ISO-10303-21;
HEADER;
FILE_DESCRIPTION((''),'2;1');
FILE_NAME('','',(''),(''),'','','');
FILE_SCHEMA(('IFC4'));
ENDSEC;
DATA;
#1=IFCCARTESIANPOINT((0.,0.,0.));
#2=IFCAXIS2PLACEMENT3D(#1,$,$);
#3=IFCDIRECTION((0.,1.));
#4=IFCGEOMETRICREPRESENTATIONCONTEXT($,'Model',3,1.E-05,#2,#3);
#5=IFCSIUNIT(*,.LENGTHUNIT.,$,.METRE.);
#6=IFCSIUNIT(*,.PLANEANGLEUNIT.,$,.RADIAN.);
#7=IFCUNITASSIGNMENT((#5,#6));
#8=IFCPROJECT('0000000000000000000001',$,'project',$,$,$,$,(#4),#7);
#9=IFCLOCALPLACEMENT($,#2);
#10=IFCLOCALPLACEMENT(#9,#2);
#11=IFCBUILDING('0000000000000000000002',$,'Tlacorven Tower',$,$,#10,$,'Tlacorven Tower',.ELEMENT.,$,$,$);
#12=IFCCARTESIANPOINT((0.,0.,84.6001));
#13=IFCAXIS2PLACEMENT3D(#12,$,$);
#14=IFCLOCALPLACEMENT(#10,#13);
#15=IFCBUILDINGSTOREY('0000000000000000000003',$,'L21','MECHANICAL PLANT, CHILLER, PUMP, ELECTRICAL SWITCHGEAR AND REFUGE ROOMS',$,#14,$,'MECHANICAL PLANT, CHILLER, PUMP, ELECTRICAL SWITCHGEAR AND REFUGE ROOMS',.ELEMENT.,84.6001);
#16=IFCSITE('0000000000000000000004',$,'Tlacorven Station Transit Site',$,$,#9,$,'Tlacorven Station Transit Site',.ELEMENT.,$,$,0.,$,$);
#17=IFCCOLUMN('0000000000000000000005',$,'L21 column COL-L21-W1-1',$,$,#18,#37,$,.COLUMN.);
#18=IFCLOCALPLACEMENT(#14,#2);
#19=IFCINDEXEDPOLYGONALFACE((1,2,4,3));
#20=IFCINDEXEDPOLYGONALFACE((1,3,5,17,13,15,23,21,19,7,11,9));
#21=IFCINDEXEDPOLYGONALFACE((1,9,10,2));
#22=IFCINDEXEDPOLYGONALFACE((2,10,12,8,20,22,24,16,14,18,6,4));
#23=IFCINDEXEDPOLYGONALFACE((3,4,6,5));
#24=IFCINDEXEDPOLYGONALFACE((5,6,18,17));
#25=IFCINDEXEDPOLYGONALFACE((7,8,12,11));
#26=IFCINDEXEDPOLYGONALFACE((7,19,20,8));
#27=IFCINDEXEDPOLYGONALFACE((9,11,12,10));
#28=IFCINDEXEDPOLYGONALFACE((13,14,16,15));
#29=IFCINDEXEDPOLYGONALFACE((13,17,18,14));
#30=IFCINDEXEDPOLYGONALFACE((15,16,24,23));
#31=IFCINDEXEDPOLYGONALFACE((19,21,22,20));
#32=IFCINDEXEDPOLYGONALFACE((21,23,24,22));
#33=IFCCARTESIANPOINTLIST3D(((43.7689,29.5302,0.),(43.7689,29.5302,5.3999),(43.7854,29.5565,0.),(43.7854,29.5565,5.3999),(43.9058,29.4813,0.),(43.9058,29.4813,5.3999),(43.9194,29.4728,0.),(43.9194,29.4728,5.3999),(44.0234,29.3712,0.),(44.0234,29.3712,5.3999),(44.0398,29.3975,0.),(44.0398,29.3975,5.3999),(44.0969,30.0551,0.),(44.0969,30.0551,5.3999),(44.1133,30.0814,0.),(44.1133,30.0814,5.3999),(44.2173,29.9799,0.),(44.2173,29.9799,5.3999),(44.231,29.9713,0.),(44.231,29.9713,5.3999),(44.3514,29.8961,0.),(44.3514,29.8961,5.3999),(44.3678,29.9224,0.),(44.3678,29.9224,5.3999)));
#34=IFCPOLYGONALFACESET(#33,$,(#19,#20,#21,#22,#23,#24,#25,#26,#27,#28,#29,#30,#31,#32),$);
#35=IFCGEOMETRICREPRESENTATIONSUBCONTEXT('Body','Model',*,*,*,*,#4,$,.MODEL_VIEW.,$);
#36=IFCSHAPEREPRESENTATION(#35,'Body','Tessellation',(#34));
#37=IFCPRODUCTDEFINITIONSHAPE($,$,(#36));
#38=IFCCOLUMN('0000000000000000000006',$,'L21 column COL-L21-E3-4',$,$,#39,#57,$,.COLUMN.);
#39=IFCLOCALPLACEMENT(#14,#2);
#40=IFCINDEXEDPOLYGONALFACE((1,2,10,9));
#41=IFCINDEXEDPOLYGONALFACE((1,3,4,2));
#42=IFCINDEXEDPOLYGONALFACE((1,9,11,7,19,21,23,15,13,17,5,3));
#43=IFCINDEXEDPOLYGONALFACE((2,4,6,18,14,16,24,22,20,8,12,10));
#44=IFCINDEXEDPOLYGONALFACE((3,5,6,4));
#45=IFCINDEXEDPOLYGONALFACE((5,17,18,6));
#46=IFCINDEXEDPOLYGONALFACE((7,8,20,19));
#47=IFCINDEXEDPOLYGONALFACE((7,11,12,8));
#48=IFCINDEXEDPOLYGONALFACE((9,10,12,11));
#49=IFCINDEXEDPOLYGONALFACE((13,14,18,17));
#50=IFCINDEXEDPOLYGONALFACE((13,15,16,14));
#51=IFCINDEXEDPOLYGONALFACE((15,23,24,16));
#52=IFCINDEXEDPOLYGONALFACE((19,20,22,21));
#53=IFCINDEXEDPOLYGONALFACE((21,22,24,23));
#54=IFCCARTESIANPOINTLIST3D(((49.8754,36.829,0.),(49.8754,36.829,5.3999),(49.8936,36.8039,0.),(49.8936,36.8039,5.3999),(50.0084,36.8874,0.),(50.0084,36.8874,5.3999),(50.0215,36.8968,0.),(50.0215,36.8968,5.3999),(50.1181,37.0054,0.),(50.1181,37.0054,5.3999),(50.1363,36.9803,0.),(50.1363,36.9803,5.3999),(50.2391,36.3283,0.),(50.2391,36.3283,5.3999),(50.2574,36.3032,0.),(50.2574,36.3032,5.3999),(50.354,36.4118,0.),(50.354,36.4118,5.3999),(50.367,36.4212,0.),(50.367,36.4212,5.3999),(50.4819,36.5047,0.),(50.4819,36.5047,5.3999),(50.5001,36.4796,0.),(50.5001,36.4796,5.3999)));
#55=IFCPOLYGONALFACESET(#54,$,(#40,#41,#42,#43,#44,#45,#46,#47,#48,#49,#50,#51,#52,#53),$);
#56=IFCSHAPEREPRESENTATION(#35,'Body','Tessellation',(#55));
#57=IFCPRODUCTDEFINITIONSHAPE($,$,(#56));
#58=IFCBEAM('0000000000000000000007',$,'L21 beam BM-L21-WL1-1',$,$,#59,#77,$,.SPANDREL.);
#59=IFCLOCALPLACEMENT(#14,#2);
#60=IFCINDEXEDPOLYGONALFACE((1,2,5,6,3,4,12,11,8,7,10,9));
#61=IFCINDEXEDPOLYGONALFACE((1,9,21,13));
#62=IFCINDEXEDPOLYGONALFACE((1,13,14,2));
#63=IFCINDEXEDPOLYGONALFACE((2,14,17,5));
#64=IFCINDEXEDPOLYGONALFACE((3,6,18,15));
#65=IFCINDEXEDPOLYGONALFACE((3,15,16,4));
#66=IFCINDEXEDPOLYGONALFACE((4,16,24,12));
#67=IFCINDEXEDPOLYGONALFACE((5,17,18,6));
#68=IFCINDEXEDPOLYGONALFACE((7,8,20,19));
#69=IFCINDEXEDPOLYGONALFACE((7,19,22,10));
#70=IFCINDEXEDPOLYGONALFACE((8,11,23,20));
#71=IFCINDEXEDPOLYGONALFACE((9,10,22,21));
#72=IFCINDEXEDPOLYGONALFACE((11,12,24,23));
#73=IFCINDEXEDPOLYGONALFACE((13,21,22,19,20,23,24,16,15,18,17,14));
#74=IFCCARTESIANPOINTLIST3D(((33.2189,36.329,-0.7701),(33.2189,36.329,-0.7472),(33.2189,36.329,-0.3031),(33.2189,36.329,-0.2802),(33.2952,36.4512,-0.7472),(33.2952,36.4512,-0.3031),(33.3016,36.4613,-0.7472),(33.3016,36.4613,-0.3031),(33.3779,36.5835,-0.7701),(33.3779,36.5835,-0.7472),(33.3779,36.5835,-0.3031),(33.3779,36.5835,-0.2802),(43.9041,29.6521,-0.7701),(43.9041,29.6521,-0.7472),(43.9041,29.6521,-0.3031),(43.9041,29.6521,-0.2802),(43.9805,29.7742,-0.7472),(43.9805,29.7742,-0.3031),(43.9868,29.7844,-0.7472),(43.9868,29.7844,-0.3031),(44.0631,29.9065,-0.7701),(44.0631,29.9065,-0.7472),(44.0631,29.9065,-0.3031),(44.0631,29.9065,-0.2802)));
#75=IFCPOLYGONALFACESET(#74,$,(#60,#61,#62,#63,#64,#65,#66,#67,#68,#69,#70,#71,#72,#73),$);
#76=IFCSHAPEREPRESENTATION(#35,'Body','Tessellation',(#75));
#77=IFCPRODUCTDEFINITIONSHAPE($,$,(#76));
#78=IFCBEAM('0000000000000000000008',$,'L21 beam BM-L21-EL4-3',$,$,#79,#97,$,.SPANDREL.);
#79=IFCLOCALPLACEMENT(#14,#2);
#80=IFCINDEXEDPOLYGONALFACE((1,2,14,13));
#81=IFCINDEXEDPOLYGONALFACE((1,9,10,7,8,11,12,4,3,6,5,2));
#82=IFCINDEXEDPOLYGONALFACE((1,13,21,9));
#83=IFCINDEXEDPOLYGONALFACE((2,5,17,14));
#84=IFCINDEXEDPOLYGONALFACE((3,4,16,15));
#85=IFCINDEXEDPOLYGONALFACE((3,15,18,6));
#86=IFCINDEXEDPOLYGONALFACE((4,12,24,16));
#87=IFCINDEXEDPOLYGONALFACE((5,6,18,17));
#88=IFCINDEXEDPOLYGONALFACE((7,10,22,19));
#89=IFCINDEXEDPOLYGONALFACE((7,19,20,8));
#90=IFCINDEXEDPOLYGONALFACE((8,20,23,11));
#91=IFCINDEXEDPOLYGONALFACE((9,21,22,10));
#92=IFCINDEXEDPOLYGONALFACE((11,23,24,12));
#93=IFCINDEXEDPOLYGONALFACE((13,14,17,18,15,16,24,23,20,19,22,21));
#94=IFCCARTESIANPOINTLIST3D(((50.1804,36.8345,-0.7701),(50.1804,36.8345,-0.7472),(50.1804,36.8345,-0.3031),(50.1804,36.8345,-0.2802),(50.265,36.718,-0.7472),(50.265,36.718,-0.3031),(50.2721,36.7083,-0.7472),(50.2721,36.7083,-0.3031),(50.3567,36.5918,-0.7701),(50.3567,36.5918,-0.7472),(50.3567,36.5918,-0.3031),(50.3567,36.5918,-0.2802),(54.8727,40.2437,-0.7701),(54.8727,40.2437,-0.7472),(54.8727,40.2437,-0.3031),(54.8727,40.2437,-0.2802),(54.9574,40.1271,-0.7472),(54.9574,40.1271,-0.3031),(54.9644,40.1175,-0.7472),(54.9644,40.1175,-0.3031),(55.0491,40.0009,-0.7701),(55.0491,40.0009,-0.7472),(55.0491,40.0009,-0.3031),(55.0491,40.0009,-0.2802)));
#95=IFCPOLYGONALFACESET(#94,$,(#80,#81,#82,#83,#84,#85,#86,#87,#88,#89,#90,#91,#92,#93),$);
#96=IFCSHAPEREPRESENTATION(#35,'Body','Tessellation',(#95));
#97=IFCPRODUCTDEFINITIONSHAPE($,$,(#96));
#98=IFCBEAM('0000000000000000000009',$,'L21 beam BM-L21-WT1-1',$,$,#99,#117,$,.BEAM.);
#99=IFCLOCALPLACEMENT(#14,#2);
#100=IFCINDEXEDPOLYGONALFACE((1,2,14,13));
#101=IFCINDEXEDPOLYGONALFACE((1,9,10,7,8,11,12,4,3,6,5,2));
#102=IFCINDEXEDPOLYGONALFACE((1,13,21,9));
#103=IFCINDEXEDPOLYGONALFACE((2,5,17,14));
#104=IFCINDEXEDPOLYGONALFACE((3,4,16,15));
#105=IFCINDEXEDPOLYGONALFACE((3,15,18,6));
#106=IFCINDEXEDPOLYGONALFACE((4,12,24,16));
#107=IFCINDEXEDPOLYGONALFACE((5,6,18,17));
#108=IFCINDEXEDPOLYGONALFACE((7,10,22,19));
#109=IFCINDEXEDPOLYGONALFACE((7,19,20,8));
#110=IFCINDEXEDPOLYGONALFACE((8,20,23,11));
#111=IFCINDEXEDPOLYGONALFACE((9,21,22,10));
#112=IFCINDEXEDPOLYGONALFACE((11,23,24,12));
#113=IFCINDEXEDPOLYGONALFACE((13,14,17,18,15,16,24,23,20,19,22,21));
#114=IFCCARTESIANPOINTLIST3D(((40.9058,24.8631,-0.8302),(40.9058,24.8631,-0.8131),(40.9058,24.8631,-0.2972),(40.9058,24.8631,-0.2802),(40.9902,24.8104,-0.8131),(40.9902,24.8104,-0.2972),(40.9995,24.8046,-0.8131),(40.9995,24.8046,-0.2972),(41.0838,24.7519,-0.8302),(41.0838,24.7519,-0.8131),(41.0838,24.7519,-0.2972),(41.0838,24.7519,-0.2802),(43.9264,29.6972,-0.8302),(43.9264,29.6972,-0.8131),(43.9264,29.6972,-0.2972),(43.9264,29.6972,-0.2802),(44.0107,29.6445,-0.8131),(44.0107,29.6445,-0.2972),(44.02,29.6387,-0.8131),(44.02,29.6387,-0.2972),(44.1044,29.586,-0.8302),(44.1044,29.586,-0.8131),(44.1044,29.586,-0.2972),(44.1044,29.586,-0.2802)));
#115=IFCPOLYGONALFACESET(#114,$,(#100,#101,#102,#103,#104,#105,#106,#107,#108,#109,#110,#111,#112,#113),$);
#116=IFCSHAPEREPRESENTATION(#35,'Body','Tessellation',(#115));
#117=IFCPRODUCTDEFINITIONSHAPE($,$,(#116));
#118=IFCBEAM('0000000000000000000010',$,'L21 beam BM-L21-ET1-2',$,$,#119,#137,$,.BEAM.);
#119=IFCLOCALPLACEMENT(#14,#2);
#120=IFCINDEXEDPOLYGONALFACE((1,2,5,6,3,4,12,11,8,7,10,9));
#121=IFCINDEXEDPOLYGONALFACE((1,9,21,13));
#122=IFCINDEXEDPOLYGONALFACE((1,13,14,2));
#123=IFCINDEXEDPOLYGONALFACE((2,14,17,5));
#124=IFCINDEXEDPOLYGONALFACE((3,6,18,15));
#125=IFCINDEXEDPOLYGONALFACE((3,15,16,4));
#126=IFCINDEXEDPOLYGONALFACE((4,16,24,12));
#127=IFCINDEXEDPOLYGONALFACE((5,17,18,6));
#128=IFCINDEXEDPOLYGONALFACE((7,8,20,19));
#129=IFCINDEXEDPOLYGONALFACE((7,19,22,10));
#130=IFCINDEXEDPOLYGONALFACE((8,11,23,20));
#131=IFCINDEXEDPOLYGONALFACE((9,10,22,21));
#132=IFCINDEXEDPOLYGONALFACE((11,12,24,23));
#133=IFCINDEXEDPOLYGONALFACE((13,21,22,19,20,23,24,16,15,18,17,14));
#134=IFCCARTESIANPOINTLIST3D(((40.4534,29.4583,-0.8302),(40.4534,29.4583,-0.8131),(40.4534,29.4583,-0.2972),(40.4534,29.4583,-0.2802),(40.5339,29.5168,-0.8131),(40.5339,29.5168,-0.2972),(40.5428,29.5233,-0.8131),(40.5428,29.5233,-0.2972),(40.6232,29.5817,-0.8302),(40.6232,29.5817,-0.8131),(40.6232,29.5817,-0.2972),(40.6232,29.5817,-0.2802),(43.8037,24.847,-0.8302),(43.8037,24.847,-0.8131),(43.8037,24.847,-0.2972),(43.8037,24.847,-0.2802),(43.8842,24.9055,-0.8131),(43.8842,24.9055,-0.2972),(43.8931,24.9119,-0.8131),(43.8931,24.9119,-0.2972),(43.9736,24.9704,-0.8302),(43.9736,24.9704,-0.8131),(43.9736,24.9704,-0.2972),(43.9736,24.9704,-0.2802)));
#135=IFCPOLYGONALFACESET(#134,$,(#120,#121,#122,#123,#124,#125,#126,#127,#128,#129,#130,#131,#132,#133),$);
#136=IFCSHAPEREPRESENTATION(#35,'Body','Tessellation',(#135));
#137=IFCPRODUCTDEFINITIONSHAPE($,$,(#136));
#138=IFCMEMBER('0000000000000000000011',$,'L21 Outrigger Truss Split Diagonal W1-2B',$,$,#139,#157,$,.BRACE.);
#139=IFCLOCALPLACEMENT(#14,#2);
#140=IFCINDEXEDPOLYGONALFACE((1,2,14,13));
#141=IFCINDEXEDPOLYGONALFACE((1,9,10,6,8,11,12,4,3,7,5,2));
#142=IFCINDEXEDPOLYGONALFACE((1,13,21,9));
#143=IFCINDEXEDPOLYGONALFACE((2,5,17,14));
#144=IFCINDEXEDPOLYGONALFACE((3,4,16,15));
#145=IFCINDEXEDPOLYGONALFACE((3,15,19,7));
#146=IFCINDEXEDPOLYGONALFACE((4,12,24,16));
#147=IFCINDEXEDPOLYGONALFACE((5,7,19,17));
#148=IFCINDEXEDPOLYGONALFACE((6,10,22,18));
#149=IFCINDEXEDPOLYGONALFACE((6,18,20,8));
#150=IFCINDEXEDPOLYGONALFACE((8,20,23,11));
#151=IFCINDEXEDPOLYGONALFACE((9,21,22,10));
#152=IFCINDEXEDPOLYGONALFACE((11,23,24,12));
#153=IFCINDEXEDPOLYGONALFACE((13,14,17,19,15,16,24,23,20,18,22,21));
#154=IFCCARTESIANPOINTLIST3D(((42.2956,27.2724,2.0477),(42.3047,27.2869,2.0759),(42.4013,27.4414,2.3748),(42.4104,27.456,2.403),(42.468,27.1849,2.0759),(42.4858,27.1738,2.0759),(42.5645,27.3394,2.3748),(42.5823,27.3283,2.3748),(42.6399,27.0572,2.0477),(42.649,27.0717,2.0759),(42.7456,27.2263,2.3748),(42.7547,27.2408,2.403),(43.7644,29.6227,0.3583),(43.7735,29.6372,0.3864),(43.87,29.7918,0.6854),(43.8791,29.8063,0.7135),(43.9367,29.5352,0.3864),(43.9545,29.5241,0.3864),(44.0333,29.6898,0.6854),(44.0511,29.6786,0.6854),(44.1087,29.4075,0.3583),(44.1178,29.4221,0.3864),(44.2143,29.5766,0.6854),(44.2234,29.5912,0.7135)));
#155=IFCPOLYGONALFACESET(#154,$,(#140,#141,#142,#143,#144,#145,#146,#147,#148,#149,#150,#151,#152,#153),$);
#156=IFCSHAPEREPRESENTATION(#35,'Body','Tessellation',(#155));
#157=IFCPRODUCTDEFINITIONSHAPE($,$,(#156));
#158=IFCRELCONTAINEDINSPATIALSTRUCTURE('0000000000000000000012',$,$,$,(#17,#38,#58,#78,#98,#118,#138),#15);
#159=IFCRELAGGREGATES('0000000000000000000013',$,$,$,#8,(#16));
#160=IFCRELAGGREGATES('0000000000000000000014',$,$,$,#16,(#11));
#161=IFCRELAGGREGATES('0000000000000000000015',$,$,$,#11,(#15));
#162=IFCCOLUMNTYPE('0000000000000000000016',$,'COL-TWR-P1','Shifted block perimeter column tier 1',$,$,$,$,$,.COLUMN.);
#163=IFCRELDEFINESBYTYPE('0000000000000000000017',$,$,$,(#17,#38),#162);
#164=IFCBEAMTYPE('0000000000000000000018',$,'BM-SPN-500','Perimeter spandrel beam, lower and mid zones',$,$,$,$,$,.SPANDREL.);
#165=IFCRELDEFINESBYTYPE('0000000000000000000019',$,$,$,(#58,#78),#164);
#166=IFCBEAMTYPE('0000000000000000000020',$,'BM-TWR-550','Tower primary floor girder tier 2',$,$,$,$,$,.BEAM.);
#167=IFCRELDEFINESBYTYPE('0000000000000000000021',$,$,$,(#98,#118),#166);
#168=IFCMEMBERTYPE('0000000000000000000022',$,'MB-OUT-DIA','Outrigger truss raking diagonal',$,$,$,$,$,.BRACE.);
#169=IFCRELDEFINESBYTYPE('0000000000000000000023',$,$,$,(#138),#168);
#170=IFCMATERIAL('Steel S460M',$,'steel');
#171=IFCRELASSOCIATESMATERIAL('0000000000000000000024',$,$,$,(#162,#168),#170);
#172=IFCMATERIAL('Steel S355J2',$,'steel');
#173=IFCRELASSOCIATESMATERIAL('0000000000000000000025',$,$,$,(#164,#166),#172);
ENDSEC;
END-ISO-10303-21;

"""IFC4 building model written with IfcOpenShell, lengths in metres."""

from ifc_helpers import new_model, si_unit, direction, frame, origin, origin_2d, place, context, subcontext, project, spatial, i_section, extrude, source, transform, mapped, material, material_profile, profile_set, type_object, element, save


model = new_model("IFC4")

# Units and contexts
model_context = context("Model", 3, precision=1e-05, world=origin(), true_north=direction((0.0, 1.0)))
body_context = subcontext(model_context, "Body", "Model", "MODEL_VIEW")
ifc_project = project(units=[si_unit("LENGTHUNIT", "METRE"), si_unit("PLANEANGLEUNIT", "RADIAN")], contexts=[model_context])

# Site, building, storey
site_placement = place(None, origin())
site = spatial("IfcSite", under=ifc_project, at=site_placement, Name="Tlacorven Station Transit Site", LongName="Tlacorven Station Transit Site", CompositionType="ELEMENT", RefElevation=0.0)
building_placement = place(site_placement, origin())
building = spatial("IfcBuilding", under=site, at=building_placement, Name="Tlacorven Tower", LongName="Tlacorven Tower", CompositionType="ELEMENT")
storey_placement = place(building_placement, frame((0.0, 0.0, 84.6001)))
storey = spatial("IfcBuildingStorey", under=building, at=storey_placement, Name="L21", Description="MECHANICAL PLANT, CHILLER, PUMP, ELECTRICAL SWITCHGEAR AND REFUGE ROOMS", LongName="MECHANICAL PLANT, CHILLER, PUMP, ELECTRICAL SWITCHGEAR AND REFUGE ROOMS", CompositionType="ELEMENT", Elevation=84.6001)

# Columns
ifc_material_1 = material(Name="Steel S460M", Category="steel")
ifc_material_profile_1 = material_profile(ifc_material_1, i_section(OverallWidth=0.3, OverallDepth=0.6499, WebThickness=0.0161, FlangeThickness=0.031, at=origin_2d()), Name="HEB 650")
ifc_profile_set_1 = profile_set([ifc_material_profile_1], Name="Steel S460M")
column_type = type_object("IfcColumnType", Name="COL-TWR-P1", Description="Shifted block perimeter column tier 1", PredefinedType="COLUMN", material=ifc_profile_set_1)
shared_shape_1 = source(origin(), body_context, "Body", "SweptSolid", [
    extrude(i_section(OverallWidth=0.3, OverallDepth=0.6499, WebThickness=0.0161, FlangeThickness=0.031, at=origin_2d()), origin(), (0.0, 0.0, 1.0), 5.3999),
])
for number, where, z_axis, x_axis, name in (
    (1, (44.0684, 29.7263, 0.0), (0.0, 0.0, 1.0), (-0.848048, 0.529919, 0.0), "L21 column COL-L21-W1-1"),
    (2, (50.1877, 36.6543, 0.0), (0.0, 0.0, 1.0), (0.809017, 0.587785, 0.0), "L21 column COL-L21-E3-4"),
):
    element("IfcColumn", number, at=place(storey_placement, frame(where, z_axis=z_axis, x_axis=x_axis)), inside=storey, type_object=column_type, Name=name, PredefinedType="COLUMN", context=body_context, shape_type="MappedRepresentation", body=[
        mapped(shared_shape_1, transform((0.0, 0.0, 0.0), scale=1.0)),
    ])

# Beams
ifc_material_2 = material(Name="Steel S355J2", Category="steel")
ifc_material_profile_2 = material_profile(ifc_material_2, i_section(OverallWidth=0.3, OverallDepth=0.49, WebThickness=0.012, FlangeThickness=0.0229, at=origin_2d()), Name="HEA 500")
ifc_profile_set_2 = profile_set([ifc_material_profile_2], Name="Steel S355J2")
beam_type_1 = type_object("IfcBeamType", Name="BM-SPN-500", Description="Perimeter spandrel beam, lower and mid zones", PredefinedType="SPANDREL", material=ifc_profile_set_2)
shared_shape_2 = source(origin(), body_context, "Body", "SweptSolid", [
    extrude(i_section(OverallWidth=0.3, OverallDepth=0.49, WebThickness=0.012, FlangeThickness=0.0229, at=origin_2d()), origin(), (0.0, 0.0, 1.0), 12.5999),
])
beam_1_placement = place(storey_placement, frame((43.9836, 29.7793, -0.5251), z_axis=(-0.848045, 0.529924, 0.0), x_axis=(-0.529924, -0.848045, 0.0)))
element("IfcBeam", 3, at=beam_1_placement, inside=storey, type_object=beam_type_1, Name="L21 beam BM-L21-WL1-1", PredefinedType="SPANDREL", context=body_context, shape_type="MappedRepresentation", body=[
    mapped(shared_shape_2, transform((0.0, 0.0, 0.0), scale=1.0)),
])
shared_shape_3 = source(origin(), body_context, "Body", "SweptSolid", [
    extrude(i_section(OverallWidth=0.3, OverallDepth=0.49, WebThickness=0.012, FlangeThickness=0.0229, at=origin_2d()), origin(), (0.0, 0.0, 1.0), 5.8),
])
beam_2_placement = place(storey_placement, frame((50.2686, 36.7131, -0.5251), z_axis=(0.80902, 0.587781, 0.0), x_axis=(-0.587781, 0.80902, 0.0)))
element("IfcBeam", 4, at=beam_2_placement, inside=storey, type_object=beam_type_1, Name="L21 beam BM-L21-EL4-3", PredefinedType="SPANDREL", context=body_context, shape_type="MappedRepresentation", body=[
    mapped(shared_shape_3, transform((0.0, 0.0, 0.0), scale=1.0)),
])
ifc_material_profile_3 = material_profile(ifc_material_2, i_section(OverallWidth=0.21, OverallDepth=0.55, WebThickness=0.011, FlangeThickness=0.0171, at=origin_2d()), Name="IPE 550")
ifc_profile_set_3 = profile_set([ifc_material_profile_3], Name="Steel S355J2")
beam_type_2 = type_object("IfcBeamType", Name="BM-TWR-550", Description="Tower primary floor girder tier 2", PredefinedType="BEAM", material=ifc_profile_set_3)
shared_shape_4 = source(origin(), body_context, "Body", "SweptSolid", [
    extrude(i_section(OverallWidth=0.21, OverallDepth=0.55, WebThickness=0.011, FlangeThickness=0.0171, at=origin_2d()), origin(), (0.0, 0.0, 1.0), 5.7002),
])
beam_3_placement = place(storey_placement, frame((44.0154, 29.6416, -0.5552), z_axis=(-0.529907, -0.848056, 0.0), x_axis=(0.848056, -0.529907, 0.0)))
element("IfcBeam", 5, at=beam_3_placement, inside=storey, type_object=beam_type_2, Name="L21 beam BM-L21-WT1-1", PredefinedType="BEAM", context=body_context, shape_type="MappedRepresentation", body=[
    mapped(shared_shape_4, transform((0.0, 0.0, 0.0), scale=1.0)),
])
shared_shape_5 = source(origin(), body_context, "Body", "SweptSolid", [
    extrude(i_section(OverallWidth=0.21, OverallDepth=0.55, WebThickness=0.011, FlangeThickness=0.0171, at=origin_2d()), origin(), (0.0, 0.0, 1.0), 5.7),
])
beam_4_placement = place(storey_placement, frame((43.8887, 24.9087, -0.5552), z_axis=(-0.587787, 0.809016, 0.0), x_axis=(-0.809016, -0.587787, 0.0)))
element("IfcBeam", 6, at=beam_4_placement, inside=storey, type_object=beam_type_2, Name="L21 beam BM-L21-ET1-2", PredefinedType="BEAM", context=body_context, shape_type="MappedRepresentation", body=[
    mapped(shared_shape_5, transform((0.0, 0.0, 0.0), scale=1.0)),
])

# Member
ifc_material_profile_4 = material_profile(ifc_material_1, i_section(OverallWidth=0.406, OverallDepth=0.416, WebThickness=0.021, FlangeThickness=0.033, at=origin_2d()), Name="HD 400X382")
ifc_profile_set_4 = profile_set([ifc_material_profile_4], Name="Steel S460M")
member_type_1 = type_object("IfcMemberType", Name="MB-OUT-DIA", Description="Outrigger truss raking diagonal", PredefinedType="BRACE", material=ifc_profile_set_4)
shared_shape_6 = source(origin(), body_context, "Body", "SweptSolid", [
    extrude(i_section(OverallWidth=0.406, OverallDepth=0.416, WebThickness=0.021, FlangeThickness=0.033, at=origin_2d()), origin(), (0.0, 0.0, 1.0), 3.2458),
])
member_1_placement = place(storey_placement, frame((42.5251, 27.2566, 2.2253), z_axis=(0.4525, 0.724105, -0.520495), x_axis=(-0.848033, 0.529944, 0.0)))
element("IfcMember", 7, at=member_1_placement, inside=storey, type_object=member_type_1, Name="L21 Outrigger Truss Split Diagonal W1-2B", PredefinedType="BRACE", context=body_context, shape_type="MappedRepresentation", body=[
    mapped(shared_shape_6, transform((0.0, 0.0, 0.0), scale=1.0)),
])

save(model, "model.ifc")
